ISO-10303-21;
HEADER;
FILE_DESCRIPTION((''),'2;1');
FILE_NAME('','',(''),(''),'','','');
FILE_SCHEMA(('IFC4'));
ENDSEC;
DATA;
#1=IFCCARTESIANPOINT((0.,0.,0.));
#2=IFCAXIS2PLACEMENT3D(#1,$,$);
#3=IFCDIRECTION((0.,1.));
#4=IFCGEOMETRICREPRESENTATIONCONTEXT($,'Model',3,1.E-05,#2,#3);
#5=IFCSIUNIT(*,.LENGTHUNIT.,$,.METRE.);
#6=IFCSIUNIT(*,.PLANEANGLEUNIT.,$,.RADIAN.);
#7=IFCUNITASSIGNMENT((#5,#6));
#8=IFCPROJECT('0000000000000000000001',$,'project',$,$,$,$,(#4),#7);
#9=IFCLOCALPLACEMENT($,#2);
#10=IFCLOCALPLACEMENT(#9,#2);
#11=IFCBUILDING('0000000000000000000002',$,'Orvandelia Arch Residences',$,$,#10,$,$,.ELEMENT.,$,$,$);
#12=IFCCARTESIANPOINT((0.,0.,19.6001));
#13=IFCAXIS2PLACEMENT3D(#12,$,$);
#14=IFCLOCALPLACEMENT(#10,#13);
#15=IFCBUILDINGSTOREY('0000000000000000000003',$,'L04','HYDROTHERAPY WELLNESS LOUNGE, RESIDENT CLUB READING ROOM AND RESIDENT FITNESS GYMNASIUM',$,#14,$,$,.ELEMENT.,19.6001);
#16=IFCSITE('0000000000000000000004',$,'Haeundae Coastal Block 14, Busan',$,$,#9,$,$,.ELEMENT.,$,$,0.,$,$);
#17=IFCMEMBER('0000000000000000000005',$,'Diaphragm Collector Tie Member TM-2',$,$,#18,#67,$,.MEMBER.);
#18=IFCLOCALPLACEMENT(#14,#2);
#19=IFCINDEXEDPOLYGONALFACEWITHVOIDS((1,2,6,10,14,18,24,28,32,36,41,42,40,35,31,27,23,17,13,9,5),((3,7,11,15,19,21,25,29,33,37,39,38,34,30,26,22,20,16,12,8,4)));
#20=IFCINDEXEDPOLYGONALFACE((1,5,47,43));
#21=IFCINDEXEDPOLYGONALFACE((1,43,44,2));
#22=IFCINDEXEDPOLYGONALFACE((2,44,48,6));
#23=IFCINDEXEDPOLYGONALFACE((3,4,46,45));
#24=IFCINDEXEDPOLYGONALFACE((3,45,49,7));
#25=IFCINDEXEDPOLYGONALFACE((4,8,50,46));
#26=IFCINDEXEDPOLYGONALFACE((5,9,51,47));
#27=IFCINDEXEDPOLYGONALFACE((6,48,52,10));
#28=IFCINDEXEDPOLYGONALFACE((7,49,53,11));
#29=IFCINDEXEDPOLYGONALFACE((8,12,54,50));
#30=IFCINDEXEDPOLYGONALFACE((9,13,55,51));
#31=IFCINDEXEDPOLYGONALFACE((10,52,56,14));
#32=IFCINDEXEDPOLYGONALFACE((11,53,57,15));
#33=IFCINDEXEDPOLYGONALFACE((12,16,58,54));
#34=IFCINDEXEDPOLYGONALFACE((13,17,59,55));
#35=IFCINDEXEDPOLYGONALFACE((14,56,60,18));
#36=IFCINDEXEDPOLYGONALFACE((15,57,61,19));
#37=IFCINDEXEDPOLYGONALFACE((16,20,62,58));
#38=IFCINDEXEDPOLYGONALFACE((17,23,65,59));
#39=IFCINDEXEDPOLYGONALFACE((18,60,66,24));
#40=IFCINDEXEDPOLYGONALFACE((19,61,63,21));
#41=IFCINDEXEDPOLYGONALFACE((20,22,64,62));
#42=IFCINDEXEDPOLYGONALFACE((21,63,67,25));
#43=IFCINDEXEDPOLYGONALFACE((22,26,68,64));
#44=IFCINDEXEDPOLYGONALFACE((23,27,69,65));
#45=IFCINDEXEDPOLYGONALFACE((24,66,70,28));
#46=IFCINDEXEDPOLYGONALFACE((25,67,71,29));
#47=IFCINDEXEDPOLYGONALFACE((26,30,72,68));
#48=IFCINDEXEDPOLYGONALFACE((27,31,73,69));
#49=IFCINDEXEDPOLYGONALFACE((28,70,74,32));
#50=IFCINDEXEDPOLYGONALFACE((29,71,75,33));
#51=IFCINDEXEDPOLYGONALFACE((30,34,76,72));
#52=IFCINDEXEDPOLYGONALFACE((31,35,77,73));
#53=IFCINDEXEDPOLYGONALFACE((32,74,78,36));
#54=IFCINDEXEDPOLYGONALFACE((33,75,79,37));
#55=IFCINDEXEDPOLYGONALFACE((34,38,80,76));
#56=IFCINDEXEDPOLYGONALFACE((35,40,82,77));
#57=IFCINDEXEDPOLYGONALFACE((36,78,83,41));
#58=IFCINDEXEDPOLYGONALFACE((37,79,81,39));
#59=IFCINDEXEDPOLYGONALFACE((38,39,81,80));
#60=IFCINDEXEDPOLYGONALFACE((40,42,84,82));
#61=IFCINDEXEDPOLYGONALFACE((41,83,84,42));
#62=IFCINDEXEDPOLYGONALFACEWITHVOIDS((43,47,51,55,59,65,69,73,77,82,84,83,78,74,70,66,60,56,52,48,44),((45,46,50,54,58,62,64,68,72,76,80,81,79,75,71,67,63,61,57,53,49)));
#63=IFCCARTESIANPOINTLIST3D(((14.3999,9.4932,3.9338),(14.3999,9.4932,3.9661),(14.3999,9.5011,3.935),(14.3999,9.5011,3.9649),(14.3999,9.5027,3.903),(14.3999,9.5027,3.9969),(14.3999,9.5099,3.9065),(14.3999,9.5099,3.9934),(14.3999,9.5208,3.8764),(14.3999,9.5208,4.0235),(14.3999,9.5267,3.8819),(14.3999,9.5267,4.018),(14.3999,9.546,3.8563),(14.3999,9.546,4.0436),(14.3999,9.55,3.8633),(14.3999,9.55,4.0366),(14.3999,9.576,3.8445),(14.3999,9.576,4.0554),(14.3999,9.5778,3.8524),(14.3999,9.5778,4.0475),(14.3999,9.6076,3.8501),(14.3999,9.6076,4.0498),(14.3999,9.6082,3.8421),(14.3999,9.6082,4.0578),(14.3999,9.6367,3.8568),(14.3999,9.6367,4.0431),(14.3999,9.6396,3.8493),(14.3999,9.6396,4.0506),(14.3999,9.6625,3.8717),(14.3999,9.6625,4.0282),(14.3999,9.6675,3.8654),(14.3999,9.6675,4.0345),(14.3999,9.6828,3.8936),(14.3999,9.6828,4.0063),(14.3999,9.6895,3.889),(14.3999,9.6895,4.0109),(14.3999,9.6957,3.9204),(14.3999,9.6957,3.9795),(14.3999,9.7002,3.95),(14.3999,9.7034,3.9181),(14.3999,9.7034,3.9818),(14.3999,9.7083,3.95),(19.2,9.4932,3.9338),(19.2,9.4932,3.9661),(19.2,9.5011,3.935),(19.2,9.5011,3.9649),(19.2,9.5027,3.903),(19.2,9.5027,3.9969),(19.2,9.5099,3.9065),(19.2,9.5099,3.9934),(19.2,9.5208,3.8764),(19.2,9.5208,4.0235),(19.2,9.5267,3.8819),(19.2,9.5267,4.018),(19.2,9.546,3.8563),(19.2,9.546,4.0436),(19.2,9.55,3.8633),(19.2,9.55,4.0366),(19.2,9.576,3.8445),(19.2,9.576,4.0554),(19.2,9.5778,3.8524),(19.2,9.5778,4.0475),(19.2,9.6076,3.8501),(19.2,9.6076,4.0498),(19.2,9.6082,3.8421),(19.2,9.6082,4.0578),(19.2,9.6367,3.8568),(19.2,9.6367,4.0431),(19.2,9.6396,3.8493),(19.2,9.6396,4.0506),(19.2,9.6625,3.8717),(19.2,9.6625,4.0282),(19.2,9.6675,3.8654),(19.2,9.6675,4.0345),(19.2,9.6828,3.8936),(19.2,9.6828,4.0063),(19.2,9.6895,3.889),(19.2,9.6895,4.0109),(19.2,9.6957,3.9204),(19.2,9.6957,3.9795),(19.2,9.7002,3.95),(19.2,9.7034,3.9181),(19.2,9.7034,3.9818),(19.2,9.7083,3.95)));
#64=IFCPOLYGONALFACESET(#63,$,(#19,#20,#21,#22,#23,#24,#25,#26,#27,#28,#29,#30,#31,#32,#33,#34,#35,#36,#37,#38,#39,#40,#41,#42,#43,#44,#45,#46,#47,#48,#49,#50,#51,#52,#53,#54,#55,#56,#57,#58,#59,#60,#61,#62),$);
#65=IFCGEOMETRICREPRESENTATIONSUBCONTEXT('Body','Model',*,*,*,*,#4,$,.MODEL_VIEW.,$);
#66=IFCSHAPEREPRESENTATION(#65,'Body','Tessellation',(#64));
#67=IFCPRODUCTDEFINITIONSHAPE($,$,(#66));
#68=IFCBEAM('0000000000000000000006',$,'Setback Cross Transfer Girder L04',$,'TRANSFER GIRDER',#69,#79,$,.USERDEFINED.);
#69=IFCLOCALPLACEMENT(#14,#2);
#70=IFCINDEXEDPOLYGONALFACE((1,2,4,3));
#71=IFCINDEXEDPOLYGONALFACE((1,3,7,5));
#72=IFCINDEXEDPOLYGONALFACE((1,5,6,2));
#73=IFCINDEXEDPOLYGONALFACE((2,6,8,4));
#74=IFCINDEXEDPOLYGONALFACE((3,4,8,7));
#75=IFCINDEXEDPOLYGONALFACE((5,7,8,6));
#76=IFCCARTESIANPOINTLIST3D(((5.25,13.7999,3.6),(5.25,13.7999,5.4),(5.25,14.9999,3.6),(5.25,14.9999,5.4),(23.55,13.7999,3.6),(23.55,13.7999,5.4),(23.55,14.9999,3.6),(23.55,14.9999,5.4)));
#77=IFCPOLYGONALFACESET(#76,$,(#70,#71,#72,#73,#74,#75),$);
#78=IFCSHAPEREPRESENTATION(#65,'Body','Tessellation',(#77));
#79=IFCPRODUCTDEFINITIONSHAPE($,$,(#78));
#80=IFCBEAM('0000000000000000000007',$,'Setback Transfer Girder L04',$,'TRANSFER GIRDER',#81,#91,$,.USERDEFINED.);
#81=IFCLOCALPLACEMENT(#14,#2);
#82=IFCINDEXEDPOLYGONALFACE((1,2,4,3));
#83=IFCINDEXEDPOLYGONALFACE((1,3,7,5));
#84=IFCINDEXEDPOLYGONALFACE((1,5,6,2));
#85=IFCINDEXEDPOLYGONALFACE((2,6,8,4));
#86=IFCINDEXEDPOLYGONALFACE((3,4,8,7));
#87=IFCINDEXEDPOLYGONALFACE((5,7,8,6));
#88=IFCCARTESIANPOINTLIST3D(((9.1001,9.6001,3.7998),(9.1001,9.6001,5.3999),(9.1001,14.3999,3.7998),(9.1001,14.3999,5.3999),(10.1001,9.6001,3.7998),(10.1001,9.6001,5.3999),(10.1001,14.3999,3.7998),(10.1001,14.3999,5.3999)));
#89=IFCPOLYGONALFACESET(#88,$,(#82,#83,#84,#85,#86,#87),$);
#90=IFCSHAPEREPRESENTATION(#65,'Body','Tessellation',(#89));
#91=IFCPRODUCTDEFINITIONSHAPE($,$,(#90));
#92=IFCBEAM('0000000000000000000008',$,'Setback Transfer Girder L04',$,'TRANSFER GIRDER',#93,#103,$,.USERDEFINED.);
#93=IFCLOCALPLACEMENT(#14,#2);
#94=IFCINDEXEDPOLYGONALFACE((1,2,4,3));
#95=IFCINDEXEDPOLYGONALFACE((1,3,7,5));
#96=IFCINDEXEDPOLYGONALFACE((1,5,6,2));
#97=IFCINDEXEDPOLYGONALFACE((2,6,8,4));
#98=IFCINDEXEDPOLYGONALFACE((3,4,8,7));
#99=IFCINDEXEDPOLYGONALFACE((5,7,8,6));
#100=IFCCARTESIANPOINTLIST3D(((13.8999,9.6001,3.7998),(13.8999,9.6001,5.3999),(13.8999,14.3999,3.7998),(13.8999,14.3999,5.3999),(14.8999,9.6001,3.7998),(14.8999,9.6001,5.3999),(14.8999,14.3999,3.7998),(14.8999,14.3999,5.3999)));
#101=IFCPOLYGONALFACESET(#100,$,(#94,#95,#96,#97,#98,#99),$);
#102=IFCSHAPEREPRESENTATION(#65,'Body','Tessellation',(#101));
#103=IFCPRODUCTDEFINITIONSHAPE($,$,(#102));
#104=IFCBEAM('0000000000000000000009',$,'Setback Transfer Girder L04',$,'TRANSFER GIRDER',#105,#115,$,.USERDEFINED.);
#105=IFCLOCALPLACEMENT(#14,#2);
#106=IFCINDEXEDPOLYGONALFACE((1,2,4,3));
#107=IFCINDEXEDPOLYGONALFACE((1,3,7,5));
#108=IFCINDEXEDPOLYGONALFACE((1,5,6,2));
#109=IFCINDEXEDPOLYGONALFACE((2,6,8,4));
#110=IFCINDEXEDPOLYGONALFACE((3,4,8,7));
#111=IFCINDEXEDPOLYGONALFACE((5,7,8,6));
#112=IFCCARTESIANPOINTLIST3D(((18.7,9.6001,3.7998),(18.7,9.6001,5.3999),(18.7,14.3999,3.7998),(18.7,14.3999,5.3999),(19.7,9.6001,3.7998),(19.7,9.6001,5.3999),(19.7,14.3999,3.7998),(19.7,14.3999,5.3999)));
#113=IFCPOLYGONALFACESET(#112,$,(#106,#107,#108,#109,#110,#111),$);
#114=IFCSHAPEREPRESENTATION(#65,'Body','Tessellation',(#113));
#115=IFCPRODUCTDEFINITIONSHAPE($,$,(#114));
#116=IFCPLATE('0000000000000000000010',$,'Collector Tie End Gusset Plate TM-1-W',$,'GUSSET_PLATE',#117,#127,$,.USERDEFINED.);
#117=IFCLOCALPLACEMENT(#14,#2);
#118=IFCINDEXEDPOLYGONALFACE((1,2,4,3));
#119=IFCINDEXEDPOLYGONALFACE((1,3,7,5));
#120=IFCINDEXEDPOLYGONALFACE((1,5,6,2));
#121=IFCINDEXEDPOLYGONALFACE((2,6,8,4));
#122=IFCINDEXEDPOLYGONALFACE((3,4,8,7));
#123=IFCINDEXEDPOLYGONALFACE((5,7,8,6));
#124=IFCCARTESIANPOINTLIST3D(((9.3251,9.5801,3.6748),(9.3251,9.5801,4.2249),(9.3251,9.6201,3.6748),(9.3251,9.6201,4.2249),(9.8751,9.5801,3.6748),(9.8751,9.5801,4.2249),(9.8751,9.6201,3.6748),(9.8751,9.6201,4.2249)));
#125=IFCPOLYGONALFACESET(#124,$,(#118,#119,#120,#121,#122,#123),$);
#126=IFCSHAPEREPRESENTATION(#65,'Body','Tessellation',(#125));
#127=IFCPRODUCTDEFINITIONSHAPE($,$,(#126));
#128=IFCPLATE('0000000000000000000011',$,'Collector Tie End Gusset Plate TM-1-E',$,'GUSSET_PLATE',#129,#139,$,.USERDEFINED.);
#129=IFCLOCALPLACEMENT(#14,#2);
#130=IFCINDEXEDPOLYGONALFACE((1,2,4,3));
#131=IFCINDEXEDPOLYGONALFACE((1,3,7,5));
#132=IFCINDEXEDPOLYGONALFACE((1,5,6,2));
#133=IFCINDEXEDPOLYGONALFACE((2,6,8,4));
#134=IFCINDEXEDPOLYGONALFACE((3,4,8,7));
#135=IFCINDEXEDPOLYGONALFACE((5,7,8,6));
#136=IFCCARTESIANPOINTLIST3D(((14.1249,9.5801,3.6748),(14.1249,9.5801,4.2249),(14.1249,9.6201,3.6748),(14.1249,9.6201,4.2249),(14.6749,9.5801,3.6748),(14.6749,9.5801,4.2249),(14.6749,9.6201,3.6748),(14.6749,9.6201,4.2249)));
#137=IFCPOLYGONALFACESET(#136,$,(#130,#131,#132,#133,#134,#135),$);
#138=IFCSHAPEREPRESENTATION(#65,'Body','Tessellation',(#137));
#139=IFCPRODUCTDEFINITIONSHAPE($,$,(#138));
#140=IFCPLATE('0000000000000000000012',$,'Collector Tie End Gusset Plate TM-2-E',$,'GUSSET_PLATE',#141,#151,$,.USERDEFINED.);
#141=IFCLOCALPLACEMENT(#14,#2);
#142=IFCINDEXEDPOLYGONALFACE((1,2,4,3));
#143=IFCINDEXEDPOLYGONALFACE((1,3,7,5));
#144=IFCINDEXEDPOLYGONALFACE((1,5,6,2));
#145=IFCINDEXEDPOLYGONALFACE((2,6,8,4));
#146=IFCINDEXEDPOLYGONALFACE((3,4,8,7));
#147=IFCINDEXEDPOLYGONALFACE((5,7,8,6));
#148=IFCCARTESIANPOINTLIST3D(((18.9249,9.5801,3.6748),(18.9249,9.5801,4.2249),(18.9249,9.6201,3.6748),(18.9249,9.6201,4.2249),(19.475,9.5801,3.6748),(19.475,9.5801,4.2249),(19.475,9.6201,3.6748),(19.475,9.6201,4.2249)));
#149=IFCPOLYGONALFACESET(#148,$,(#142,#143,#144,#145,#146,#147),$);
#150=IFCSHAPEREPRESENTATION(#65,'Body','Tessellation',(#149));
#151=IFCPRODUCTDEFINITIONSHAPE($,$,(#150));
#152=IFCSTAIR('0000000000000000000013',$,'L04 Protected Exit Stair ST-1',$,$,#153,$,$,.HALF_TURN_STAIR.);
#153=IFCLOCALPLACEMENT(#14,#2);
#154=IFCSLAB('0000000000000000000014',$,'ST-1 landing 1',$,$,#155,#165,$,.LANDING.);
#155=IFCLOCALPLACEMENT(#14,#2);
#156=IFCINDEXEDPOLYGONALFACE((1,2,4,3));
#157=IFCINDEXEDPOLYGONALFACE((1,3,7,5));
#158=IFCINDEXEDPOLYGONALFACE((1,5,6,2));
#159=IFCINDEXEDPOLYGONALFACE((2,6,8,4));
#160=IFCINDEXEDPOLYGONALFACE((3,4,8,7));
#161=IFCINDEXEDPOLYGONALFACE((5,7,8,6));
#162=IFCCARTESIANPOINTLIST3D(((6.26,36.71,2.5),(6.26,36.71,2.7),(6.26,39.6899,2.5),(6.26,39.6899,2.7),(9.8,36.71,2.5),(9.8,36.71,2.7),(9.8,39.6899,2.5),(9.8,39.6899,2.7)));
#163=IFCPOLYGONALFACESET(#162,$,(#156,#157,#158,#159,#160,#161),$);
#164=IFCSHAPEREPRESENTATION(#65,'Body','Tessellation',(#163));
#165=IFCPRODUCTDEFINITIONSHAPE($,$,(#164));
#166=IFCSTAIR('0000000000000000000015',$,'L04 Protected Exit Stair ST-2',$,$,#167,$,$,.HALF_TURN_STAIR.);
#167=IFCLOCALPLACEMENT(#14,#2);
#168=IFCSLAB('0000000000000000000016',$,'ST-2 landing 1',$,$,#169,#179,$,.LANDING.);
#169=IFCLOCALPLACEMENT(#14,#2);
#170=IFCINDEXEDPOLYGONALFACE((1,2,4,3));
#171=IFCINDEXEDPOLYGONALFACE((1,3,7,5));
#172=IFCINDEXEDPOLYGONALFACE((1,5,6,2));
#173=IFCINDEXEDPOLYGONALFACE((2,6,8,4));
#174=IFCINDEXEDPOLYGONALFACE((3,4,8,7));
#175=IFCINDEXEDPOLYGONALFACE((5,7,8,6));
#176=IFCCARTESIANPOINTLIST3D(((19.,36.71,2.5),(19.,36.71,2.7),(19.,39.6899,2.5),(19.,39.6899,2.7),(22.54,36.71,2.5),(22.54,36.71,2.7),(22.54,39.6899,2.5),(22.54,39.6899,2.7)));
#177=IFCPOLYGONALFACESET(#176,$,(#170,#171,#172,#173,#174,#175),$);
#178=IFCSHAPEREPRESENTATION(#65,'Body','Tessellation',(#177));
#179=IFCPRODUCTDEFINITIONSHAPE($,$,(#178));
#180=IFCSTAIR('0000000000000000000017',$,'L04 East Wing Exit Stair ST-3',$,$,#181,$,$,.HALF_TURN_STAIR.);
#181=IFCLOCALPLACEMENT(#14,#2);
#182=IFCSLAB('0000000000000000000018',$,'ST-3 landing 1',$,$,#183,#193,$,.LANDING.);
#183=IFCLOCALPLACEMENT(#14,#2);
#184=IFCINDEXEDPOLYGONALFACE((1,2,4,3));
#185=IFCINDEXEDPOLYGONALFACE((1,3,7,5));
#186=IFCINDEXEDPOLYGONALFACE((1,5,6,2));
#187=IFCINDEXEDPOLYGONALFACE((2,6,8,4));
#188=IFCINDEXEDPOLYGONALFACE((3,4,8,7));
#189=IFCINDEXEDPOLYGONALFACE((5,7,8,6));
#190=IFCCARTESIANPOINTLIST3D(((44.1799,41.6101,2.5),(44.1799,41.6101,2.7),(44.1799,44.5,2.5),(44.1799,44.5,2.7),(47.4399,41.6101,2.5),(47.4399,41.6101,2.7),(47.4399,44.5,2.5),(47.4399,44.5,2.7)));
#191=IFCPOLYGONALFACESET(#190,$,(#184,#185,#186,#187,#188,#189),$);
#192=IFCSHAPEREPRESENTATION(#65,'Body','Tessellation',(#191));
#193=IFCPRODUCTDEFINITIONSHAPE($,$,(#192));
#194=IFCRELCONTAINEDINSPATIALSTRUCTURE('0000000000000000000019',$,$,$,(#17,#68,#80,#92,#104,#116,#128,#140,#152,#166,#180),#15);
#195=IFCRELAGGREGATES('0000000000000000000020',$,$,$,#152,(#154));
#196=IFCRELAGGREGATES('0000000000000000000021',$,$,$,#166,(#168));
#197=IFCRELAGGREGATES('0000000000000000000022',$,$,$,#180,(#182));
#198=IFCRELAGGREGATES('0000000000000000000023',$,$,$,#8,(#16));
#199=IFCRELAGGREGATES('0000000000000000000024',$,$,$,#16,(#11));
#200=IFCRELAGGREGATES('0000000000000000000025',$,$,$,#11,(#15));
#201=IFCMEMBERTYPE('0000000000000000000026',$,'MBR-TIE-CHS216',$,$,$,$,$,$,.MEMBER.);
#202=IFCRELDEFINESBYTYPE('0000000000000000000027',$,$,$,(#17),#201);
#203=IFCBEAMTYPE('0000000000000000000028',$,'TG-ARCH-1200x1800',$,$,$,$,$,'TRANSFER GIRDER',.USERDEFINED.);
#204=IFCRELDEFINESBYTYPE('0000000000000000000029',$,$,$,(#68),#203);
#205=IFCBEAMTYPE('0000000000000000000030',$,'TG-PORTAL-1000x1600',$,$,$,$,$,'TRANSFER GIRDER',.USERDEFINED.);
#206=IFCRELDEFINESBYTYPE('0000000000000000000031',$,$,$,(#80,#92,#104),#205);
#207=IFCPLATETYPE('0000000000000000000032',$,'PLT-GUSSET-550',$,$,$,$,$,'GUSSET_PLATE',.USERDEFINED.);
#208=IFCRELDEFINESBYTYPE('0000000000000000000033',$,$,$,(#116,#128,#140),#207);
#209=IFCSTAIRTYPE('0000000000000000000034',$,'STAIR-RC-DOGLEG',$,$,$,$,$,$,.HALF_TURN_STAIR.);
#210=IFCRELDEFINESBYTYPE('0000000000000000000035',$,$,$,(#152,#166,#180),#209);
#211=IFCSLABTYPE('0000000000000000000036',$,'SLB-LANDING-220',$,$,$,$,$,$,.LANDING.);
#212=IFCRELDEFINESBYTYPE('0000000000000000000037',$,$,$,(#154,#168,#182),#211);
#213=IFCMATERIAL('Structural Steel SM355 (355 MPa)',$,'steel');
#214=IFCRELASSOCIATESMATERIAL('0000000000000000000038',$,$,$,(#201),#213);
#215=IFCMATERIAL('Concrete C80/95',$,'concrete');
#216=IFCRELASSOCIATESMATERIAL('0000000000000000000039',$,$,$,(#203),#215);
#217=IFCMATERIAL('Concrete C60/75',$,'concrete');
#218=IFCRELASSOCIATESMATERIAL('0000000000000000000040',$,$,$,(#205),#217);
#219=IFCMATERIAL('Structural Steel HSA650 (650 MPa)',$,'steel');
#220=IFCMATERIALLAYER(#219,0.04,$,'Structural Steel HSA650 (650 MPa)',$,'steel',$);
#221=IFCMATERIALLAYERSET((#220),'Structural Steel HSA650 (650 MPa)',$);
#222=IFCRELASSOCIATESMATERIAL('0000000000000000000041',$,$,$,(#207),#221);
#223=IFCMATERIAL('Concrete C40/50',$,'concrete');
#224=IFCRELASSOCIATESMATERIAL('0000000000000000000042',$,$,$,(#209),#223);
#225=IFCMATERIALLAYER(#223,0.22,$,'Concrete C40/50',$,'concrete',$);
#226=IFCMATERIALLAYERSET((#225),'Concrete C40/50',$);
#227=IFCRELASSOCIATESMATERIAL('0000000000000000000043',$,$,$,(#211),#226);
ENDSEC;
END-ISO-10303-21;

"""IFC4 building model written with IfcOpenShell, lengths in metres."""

from ifc_helpers import new_model, si_unit, direction, frame, origin, origin_2d, place, context, subcontext, project, spatial, polyline, rectangle, hollow_circle, outline, extrude, material, layer, layer_set, material_profile, profile_set, type_object, element, aggregate, save


model = new_model("IFC4")

# Units and contexts
model_context = context("Model", 3, precision=1e-05, world=origin(), true_north=direction((0.0, 1.0)))
body_context = subcontext(model_context, "Body", "Model", "MODEL_VIEW")
ifc_project = project(units=[si_unit("LENGTHUNIT", "METRE"), si_unit("PLANEANGLEUNIT", "RADIAN")], contexts=[model_context])

# Site, building, storey
site_placement = place(None, origin())
site = spatial("IfcSite", under=ifc_project, at=site_placement, Name="Haeundae Coastal Block 14, Busan", CompositionType="ELEMENT", RefElevation=0.0)
building_placement = place(site_placement, origin())
building = spatial("IfcBuilding", under=site, at=building_placement, Name="Orvandelia Arch Residences", CompositionType="ELEMENT")
storey_placement = place(building_placement, frame((0.0, 0.0, 19.6001)))
storey = spatial("IfcBuildingStorey", under=building, at=storey_placement, Name="L04", Description="HYDROTHERAPY WELLNESS LOUNGE, RESIDENT CLUB READING ROOM AND RESIDENT FITNESS GYMNASIUM", CompositionType="ELEMENT", Elevation=19.6001)

# Shared definitions
ifc_material_1 = material(Name="Concrete C80/95", Category="concrete")
ifc_material_2 = material(Name="Concrete C60/75", Category="concrete")

# Shared definitions
ifc_material_3 = material(Name="Structural Steel HSA650 (650 MPa)", Category="steel")
ifc_material_4 = material(Name="Structural Steel SM355 (355 MPa)", Category="steel")

# Member
ifc_material_profile_1 = material_profile(ifc_material_4, hollow_circle(Radius=0.1082, WallThickness=0.0081, at=origin_2d()), Name="Structural Steel SM355 (355 MPa)", Category="steel")
ifc_profile_set_1 = profile_set([ifc_material_profile_1], Name="Structural Steel SM355 (355 MPa)")
member_type = type_object("IfcMemberType", Name="MBR-TIE-CHS216", PredefinedType="MEMBER", material=ifc_profile_set_1)
member_1_placement = place(storey_placement, frame((14.3999, 9.6001, 3.95), z_axis=(1.0, 0.0, 0.0), x_axis=(0.0, 1.0, 0.0)))
element("IfcMember", 1, at=member_1_placement, inside=storey, type_object=member_type, Name="Diaphragm Collector Tie Member TM-2", PredefinedType="MEMBER", context=body_context, shape_type="SweptSolid", body=[
    extrude(hollow_circle(Radius=0.1082, WallThickness=0.0081, at=origin_2d()), origin(), (0.0, 0.0, 1.0), 4.8),
])

# Beams
ifc_material_profile_2 = material_profile(ifc_material_1, rectangle(XDim=1.2, YDim=1.8, at=origin_2d()), Name="Concrete C80/95", Category="concrete")
ifc_profile_set_2 = profile_set([ifc_material_profile_2], Name="Concrete C80/95")
beam_type_1 = type_object("IfcBeamType", Name="TG-ARCH-1200x1800", ElementType="TRANSFER GIRDER", PredefinedType="USERDEFINED", material=ifc_profile_set_2)
beam_1_placement = place(storey_placement, frame((5.25, 14.3999, 4.5), z_axis=(1.0, 0.0, 0.0), x_axis=(0.0, 1.0, 0.0)))
element("IfcBeam", 2, at=beam_1_placement, inside=storey, type_object=beam_type_1, Name="Setback Cross Transfer Girder L04", ObjectType="TRANSFER GIRDER", PredefinedType="USERDEFINED", context=body_context, shape_type="SweptSolid", body=[
    extrude(rectangle(XDim=1.2, YDim=1.8, at=origin_2d()), origin(), (0.0, 0.0, 1.0), 18.3),
])
ifc_material_profile_3 = material_profile(ifc_material_2, rectangle(XDim=1.0, YDim=1.6001, at=origin_2d()), Name="Concrete C60/75", Category="concrete")
ifc_profile_set_3 = profile_set([ifc_material_profile_3], Name="Concrete C60/75")
beam_type_2 = type_object("IfcBeamType", Name="TG-PORTAL-1000x1600", ElementType="TRANSFER GIRDER", PredefinedType="USERDEFINED", material=ifc_profile_set_3)
for number, where, z_axis, x_axis, name in (
    (3, (9.6001, 9.6001, 4.5999), (0.0, 1.0, 0.0), (-1.0, 0.0, 0.0), "Setback Transfer Girder L04"),
    (4, (14.3999, 9.6001, 4.5999), (0.0, 1.0, 0.0), (-1.0, 0.0, 0.0), "Setback Transfer Girder L04"),
    (5, (19.2, 9.6001, 4.5999), (0.0, 1.0, 0.0), (-1.0, 0.0, 0.0), "Setback Transfer Girder L04"),
):
    element("IfcBeam", number, at=place(storey_placement, frame(where, z_axis=z_axis, x_axis=x_axis)), inside=storey, type_object=beam_type_2, Name=name, ObjectType="TRANSFER GIRDER", PredefinedType="USERDEFINED", context=body_context, shape_type="SweptSolid", body=[
        extrude(rectangle(XDim=1.0, YDim=1.6001, at=origin_2d()), origin(), (0.0, 0.0, 1.0), 4.7998),
    ])

# Plates
ifc_layer_1 = layer(ifc_material_3, 0.04, Name="Structural Steel HSA650 (650 MPa)", Category="steel")
ifc_layer_set_1 = layer_set([ifc_layer_1], Name="Structural Steel HSA650 (650 MPa)")
plate_type = type_object("IfcPlateType", Name="PLT-GUSSET-550", ElementType="GUSSET_PLATE", PredefinedType="USERDEFINED", material=ifc_layer_set_1)
for number, where, z_axis, x_axis, name in (
    (6, (9.6001, 9.6001, 3.6748), (0.0, 0.0, 1.0), (1.0, 0.0, 0.0), "Collector Tie End Gusset Plate TM-1-W"),
    (7, (14.3999, 9.6001, 3.6748), (0.0, 0.0, 1.0), (1.0, 0.0, 0.0), "Collector Tie End Gusset Plate TM-1-E"),
    (8, (19.2, 9.6001, 3.6748), (0.0, 0.0, 1.0), (1.0, 0.0, 0.0), "Collector Tie End Gusset Plate TM-2-E"),
):
    element("IfcPlate", number, at=place(storey_placement, frame(where, z_axis=z_axis, x_axis=x_axis)), inside=storey, type_object=plate_type, Name=name, ObjectType="GUSSET_PLATE", PredefinedType="USERDEFINED", context=body_context, shape_type="SweptSolid", body=[
        extrude(rectangle(XDim=0.55, YDim=0.04, at=origin_2d()), origin(), (0.0, 0.0, 1.0), 0.55),
    ])

# Stairs, slabs
ifc_material_5 = material(Name="Concrete C40/50", Category="concrete")
stair_type = type_object("IfcStairType", Name="STAIR-RC-DOGLEG", PredefinedType="HALF_TURN_STAIR", material=ifc_material_5)
stair_1_placement = place(storey_placement, origin())
stair_1 = element("IfcStair", 9, at=stair_1_placement, inside=storey, type_object=stair_type, Name="L04 Protected Exit Stair ST-1", PredefinedType="HALF_TURN_STAIR")
ifc_layer_2 = layer(ifc_material_5, 0.22, Name="Concrete C40/50", Category="concrete")
ifc_layer_set_2 = layer_set([ifc_layer_2], Name="Concrete C40/50")
slab_type_1 = type_object("IfcSlabType", Name="SLB-LANDING-220", PredefinedType="LANDING", material=ifc_layer_set_2)
slab_1_placement = place(storey_placement, frame((0.0, 0.0, 2.5)))
slab_1 = element("IfcSlab", 10, at=slab_1_placement, type_object=slab_type_1, Name="ST-1 landing 1", PredefinedType="LANDING", context=body_context, shape_type="SweptSolid", body=[
    extrude(outline(polyline([(9.8, 36.71), (9.8, 39.6899), (6.26, 39.6899), (6.26, 36.71), (9.8, 36.71)])), origin(), (0.0, 0.0, 1.0), 0.2),
])
aggregate(stair_1, [slab_1])
stair_2_placement = place(storey_placement, origin())
stair_2 = element("IfcStair", 11, at=stair_2_placement, inside=storey, type_object=stair_type, Name="L04 Protected Exit Stair ST-2", PredefinedType="HALF_TURN_STAIR")
slab_2_placement = place(storey_placement, frame((0.0, 0.0, 2.5)))
slab_2 = element("IfcSlab", 12, at=slab_2_placement, type_object=slab_type_1, Name="ST-2 landing 1", PredefinedType="LANDING", context=body_context, shape_type="SweptSolid", body=[
    extrude(outline(polyline([(22.54, 36.71), (22.54, 39.6899), (19.0, 39.6899), (19.0, 36.71), (22.54, 36.71)])), origin(), (0.0, 0.0, 1.0), 0.2),
])
aggregate(stair_2, [slab_2])
stair_3_placement = place(storey_placement, origin())
stair_3 = element("IfcStair", 13, at=stair_3_placement, inside=storey, type_object=stair_type, Name="L04 East Wing Exit Stair ST-3", PredefinedType="HALF_TURN_STAIR")
slab_3_placement = place(storey_placement, frame((0.0, 0.0, 2.5)))
slab_3 = element("IfcSlab", 14, at=slab_3_placement, type_object=slab_type_1, Name="ST-3 landing 1", PredefinedType="LANDING", context=body_context, shape_type="SweptSolid", body=[
    extrude(outline(polyline([(47.4399, 41.6101), (47.4399, 44.5), (44.1799, 44.5), (44.1799, 41.6101), (47.4399, 41.6101)])), origin(), (0.0, 0.0, 1.0), 0.2),
])
aggregate(stair_3, [slab_3])

save(model, "model.ifc")
